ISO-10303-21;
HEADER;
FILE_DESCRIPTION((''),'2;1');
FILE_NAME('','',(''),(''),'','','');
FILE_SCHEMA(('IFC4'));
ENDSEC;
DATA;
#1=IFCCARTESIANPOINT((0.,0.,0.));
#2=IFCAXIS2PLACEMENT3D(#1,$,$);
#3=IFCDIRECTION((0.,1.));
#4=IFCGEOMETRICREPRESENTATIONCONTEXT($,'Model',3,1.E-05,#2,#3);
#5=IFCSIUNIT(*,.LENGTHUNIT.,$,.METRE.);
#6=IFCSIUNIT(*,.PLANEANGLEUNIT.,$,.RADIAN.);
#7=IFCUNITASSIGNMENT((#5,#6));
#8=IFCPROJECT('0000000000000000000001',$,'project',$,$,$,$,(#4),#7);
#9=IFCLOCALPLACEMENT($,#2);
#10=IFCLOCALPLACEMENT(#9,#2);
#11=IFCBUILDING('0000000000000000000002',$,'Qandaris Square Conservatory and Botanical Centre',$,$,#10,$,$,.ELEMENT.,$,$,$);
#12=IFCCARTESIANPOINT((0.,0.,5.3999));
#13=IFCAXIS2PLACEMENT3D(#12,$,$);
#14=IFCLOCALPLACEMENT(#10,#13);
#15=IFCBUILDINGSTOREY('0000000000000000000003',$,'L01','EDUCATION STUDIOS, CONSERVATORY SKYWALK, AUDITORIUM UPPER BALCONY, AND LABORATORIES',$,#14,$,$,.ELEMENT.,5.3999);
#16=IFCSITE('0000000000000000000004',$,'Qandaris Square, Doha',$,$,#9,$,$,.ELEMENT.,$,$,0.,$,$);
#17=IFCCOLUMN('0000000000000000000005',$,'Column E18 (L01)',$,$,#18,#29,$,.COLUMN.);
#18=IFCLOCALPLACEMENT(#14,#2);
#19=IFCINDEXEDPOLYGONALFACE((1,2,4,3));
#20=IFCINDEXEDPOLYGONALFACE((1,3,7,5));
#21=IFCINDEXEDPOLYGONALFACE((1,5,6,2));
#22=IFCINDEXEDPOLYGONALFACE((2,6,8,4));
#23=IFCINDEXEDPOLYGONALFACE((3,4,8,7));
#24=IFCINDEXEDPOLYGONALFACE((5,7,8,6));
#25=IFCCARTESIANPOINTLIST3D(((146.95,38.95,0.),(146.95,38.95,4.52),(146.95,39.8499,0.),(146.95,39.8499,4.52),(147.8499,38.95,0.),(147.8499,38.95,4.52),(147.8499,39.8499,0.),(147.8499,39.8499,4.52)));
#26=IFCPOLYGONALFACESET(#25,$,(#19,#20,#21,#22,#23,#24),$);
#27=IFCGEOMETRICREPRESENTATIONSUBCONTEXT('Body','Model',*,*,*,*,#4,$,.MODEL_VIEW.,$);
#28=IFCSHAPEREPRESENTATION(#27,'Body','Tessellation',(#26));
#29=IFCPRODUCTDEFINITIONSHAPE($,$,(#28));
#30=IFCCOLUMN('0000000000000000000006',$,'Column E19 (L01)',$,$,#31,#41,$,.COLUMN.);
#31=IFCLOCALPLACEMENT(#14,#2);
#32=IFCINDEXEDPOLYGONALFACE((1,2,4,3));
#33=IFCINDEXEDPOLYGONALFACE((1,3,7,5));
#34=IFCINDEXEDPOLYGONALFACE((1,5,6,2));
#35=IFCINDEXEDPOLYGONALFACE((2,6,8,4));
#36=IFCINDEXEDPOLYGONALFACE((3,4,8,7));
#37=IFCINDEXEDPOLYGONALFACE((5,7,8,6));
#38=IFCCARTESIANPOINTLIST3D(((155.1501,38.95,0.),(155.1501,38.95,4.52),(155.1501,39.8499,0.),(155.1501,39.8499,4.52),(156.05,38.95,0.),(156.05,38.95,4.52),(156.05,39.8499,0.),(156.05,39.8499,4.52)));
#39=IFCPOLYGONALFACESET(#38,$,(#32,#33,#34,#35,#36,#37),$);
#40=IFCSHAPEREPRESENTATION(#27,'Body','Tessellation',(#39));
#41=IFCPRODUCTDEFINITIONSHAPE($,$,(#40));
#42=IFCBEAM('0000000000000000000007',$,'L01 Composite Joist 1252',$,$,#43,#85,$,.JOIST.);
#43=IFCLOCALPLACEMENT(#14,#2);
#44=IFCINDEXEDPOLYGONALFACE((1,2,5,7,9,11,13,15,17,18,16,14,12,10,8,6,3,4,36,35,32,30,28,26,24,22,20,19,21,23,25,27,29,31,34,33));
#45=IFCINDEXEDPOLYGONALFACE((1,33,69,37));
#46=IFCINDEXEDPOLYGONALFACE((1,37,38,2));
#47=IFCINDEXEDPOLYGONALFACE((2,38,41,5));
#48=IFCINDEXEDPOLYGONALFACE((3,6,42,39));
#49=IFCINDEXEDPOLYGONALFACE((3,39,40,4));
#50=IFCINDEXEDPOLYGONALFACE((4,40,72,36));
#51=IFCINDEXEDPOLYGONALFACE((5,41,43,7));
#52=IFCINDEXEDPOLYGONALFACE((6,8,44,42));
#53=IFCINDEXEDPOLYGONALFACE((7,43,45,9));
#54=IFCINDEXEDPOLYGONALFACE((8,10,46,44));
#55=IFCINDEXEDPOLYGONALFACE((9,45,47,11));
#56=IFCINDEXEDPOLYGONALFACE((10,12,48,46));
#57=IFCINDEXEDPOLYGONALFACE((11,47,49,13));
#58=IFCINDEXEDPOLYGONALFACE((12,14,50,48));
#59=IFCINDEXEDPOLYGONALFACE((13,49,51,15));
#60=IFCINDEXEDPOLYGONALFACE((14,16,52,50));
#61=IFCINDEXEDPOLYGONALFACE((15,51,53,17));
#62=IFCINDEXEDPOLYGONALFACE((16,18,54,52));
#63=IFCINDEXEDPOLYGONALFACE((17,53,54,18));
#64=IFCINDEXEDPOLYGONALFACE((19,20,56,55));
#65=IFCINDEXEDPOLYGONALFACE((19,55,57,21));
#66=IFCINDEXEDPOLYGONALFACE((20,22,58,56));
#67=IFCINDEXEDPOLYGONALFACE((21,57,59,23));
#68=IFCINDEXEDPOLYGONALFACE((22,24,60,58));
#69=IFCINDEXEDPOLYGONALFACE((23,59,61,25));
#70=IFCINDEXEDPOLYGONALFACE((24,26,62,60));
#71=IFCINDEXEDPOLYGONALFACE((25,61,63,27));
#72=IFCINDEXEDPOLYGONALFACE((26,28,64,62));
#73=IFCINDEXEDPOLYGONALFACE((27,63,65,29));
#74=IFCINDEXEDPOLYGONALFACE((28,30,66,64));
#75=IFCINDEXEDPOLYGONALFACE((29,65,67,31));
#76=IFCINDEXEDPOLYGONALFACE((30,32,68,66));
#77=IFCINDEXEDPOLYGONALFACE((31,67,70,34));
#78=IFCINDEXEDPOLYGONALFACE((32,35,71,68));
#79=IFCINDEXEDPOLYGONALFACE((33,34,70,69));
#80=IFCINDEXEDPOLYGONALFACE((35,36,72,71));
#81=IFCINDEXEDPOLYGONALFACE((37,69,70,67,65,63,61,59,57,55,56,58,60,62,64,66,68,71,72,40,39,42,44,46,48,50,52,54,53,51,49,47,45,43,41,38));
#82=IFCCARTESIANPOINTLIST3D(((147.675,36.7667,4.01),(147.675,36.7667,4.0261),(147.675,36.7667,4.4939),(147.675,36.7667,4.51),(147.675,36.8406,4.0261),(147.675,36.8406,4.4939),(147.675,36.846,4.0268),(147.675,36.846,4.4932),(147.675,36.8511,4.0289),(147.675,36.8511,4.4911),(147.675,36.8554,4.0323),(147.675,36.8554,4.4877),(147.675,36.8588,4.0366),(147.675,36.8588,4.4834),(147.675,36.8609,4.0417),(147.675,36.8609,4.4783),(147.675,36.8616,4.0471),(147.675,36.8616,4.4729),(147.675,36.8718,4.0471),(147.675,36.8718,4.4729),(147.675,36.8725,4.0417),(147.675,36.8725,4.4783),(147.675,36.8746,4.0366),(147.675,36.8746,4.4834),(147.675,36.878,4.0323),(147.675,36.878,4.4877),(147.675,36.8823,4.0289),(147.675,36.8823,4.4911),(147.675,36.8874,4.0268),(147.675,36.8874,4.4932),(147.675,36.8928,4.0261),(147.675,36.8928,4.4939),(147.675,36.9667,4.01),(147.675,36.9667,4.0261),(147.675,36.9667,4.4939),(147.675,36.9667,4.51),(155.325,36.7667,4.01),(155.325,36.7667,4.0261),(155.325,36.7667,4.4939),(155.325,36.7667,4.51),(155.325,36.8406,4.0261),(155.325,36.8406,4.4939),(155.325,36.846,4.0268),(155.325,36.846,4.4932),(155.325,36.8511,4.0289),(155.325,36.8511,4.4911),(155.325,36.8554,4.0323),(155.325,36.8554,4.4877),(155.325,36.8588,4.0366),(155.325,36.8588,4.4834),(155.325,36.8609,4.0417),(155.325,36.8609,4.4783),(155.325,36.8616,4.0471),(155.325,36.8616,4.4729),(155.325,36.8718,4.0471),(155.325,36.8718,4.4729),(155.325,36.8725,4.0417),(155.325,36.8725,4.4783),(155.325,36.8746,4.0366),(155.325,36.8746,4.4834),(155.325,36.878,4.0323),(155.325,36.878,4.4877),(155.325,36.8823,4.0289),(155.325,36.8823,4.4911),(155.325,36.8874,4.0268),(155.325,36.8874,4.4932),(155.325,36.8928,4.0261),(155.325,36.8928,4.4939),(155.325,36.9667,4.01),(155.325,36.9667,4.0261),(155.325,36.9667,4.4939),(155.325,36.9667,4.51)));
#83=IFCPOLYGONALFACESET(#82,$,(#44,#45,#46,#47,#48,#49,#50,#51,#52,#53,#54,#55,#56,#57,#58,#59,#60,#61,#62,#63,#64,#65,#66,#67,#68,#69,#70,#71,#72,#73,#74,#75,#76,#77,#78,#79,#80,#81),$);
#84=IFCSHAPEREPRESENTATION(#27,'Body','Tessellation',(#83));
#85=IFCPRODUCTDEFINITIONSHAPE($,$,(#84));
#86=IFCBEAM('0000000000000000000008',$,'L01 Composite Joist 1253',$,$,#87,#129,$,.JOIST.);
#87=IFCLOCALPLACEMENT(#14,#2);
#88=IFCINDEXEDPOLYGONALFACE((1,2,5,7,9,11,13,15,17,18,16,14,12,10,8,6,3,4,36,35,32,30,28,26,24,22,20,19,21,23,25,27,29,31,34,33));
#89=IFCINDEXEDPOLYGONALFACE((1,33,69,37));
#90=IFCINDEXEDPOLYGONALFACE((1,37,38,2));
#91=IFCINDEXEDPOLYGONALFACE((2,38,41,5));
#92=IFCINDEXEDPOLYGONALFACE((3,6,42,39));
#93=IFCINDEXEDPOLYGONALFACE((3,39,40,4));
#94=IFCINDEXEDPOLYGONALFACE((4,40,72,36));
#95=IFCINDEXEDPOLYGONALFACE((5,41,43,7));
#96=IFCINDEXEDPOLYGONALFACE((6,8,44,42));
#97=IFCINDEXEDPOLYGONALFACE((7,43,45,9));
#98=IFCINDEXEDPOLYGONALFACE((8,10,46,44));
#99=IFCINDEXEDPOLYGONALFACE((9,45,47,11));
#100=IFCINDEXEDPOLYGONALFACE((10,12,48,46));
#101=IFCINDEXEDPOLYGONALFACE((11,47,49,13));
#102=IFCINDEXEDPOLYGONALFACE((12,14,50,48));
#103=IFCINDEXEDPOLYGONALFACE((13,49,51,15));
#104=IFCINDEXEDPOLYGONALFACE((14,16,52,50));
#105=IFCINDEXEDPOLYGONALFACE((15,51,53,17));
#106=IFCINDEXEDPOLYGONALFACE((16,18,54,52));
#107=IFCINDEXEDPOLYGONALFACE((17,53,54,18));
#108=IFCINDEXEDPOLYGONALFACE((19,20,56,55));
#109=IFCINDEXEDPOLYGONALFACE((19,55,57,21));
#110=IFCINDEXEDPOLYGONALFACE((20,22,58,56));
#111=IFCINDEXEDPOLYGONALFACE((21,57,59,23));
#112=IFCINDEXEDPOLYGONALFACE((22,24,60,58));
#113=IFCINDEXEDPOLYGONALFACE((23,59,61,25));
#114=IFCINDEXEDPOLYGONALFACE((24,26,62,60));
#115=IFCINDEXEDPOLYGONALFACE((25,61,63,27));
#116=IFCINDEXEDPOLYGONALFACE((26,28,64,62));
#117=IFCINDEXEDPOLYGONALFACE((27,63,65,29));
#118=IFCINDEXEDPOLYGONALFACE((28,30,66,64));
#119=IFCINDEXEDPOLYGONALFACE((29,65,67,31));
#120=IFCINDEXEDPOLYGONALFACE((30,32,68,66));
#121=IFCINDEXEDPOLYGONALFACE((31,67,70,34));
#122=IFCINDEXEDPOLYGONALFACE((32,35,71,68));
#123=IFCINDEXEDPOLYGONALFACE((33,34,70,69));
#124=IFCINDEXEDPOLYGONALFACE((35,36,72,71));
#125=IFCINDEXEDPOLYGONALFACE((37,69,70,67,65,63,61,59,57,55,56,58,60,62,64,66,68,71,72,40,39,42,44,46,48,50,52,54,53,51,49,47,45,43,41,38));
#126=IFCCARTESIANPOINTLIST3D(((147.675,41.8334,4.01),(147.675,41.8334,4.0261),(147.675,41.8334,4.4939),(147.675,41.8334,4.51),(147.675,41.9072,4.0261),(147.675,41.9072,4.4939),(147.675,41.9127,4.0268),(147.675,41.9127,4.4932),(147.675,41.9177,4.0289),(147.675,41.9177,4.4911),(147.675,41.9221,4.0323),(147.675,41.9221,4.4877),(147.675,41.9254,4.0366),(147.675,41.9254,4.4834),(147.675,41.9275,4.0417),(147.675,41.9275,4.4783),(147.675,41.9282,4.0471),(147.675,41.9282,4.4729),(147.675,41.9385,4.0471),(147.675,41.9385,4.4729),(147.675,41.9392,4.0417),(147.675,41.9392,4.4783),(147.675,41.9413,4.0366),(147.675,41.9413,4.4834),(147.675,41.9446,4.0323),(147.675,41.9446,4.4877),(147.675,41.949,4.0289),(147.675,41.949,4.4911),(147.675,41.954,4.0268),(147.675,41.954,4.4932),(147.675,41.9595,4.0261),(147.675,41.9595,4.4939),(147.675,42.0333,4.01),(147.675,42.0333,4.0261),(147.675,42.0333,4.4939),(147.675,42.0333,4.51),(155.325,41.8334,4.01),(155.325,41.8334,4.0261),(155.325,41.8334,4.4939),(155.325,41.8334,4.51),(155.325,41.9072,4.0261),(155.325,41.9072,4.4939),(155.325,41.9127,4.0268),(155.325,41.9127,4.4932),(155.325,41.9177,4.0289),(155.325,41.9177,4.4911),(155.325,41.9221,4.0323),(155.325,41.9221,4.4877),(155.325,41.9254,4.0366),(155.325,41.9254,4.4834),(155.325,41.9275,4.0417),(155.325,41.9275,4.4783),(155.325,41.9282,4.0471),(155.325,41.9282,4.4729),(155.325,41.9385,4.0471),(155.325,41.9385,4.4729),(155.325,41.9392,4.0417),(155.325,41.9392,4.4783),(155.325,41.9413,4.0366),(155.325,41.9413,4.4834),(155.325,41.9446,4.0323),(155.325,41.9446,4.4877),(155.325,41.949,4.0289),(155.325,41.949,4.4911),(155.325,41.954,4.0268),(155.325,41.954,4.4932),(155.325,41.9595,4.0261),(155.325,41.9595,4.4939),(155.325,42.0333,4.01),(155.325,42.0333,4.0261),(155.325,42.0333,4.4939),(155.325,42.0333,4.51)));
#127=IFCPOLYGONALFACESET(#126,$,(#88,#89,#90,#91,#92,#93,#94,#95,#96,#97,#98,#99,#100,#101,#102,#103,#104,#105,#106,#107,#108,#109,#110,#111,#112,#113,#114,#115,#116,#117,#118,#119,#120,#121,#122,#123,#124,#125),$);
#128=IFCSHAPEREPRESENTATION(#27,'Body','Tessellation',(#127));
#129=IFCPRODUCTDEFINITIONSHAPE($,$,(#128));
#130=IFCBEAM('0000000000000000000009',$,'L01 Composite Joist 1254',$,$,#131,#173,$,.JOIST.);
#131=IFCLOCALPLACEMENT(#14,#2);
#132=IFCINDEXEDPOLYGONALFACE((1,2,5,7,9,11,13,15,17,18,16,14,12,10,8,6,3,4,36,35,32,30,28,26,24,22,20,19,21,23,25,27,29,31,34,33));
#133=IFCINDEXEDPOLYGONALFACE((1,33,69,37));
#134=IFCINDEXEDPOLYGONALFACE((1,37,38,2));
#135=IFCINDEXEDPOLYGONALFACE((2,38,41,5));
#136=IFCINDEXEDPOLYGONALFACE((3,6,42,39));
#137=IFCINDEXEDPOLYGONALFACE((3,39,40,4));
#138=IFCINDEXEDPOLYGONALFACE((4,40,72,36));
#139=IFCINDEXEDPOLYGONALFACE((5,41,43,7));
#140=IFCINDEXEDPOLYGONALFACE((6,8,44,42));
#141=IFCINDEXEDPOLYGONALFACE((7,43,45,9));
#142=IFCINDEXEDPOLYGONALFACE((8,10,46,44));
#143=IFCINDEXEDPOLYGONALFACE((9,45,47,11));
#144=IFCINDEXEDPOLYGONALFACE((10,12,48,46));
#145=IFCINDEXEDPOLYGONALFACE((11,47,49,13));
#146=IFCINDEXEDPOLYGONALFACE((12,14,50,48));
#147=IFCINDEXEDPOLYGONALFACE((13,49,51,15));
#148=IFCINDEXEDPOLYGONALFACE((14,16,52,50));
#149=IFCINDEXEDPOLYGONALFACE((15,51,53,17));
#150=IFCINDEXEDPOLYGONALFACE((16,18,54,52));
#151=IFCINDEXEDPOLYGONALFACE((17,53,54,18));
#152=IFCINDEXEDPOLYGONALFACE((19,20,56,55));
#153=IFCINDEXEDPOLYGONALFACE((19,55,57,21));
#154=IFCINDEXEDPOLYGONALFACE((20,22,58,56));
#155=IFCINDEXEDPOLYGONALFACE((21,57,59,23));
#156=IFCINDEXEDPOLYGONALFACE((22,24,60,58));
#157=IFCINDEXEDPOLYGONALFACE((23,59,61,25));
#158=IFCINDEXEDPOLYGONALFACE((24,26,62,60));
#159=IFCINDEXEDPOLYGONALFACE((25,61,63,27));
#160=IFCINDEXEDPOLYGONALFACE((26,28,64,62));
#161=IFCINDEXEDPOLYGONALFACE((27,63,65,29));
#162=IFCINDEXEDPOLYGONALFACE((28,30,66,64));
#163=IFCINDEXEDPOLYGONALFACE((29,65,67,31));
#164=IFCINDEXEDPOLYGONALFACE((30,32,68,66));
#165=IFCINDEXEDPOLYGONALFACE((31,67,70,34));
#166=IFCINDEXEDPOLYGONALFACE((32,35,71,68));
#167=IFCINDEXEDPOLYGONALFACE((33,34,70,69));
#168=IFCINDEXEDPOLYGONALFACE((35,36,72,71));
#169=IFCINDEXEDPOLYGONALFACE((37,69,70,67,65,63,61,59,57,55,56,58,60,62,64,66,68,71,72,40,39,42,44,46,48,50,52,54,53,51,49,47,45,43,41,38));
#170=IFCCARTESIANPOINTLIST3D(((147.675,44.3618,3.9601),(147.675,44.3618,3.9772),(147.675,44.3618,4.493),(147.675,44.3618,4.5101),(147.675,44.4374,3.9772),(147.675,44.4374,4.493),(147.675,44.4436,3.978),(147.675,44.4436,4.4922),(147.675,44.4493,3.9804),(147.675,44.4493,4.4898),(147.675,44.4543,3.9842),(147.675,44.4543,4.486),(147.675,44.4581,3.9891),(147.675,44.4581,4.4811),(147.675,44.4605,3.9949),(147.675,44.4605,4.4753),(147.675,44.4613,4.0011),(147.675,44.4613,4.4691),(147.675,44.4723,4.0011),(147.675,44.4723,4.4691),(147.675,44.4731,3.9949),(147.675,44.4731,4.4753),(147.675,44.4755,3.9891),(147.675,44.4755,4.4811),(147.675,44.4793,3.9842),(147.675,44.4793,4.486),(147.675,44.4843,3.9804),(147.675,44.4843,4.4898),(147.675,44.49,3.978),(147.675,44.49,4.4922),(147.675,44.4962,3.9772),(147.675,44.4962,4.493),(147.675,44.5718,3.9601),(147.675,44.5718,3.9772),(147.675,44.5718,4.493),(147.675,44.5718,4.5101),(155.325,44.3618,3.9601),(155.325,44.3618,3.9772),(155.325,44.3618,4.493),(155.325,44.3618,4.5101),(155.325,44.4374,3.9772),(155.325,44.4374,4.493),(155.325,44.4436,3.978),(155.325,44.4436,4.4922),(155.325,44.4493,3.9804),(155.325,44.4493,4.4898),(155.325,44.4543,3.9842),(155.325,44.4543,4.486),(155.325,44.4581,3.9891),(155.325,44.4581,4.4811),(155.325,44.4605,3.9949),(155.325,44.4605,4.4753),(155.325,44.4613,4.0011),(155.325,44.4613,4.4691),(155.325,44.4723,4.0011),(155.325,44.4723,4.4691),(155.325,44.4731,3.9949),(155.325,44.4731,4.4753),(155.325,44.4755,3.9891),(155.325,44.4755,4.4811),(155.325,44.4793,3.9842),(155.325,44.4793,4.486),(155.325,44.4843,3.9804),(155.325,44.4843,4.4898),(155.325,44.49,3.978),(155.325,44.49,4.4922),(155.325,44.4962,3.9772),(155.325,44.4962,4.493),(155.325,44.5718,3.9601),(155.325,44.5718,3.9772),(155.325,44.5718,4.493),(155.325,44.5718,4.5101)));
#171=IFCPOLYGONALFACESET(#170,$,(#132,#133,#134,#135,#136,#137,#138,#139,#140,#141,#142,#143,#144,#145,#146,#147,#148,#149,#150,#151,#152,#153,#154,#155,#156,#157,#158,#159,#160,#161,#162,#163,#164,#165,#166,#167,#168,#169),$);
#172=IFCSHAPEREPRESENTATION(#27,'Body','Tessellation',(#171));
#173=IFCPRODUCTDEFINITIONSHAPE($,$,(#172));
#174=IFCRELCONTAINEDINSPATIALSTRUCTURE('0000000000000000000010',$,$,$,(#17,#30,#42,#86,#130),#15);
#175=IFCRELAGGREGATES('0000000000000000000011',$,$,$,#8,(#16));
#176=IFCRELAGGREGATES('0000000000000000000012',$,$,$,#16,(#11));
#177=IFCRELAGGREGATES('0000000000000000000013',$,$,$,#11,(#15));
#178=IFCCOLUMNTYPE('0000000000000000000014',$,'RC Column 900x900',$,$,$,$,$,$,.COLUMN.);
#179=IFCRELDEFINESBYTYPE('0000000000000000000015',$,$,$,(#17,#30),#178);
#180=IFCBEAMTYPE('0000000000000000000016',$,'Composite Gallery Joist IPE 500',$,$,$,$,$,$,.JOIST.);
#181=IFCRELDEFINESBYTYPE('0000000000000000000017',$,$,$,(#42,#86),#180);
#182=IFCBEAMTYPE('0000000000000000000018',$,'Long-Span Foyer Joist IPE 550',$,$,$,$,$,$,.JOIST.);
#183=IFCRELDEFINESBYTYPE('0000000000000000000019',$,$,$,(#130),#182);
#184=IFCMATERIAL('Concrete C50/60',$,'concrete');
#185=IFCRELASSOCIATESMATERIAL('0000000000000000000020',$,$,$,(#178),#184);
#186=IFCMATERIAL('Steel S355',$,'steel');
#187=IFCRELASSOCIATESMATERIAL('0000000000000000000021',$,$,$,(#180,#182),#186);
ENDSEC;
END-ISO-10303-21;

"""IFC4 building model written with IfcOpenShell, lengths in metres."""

from ifc_helpers import new_model, si_unit, direction, frame, origin, origin_2d, place, context, subcontext, project, spatial, rectangle, i_section, extrude, material, material_profile, profile_set, type_object, element, save


model = new_model("IFC4")

# Units and contexts
model_context = context("Model", 3, precision=1e-05, world=origin(), true_north=direction((0.0, 1.0)))
body_context = subcontext(model_context, "Body", "Model", "MODEL_VIEW")
ifc_project = project(units=[si_unit("LENGTHUNIT", "METRE"), si_unit("PLANEANGLEUNIT", "RADIAN")], contexts=[model_context])

# Site, building, storey
site_placement = place(None, origin())
site = spatial("IfcSite", under=ifc_project, at=site_placement, Name="Qandaris Square, Doha", CompositionType="ELEMENT", RefElevation=0.0)
building_placement = place(site_placement, origin())
building = spatial("IfcBuilding", under=site, at=building_placement, Name="Qandaris Square Conservatory and Botanical Centre", CompositionType="ELEMENT")
storey_placement = place(building_placement, frame((0.0, 0.0, 5.3999)))
storey = spatial("IfcBuildingStorey", under=building, at=storey_placement, Name="L01", Description="EDUCATION STUDIOS, CONSERVATORY SKYWALK, AUDITORIUM UPPER BALCONY, AND LABORATORIES", CompositionType="ELEMENT", Elevation=5.3999)

# Columns
ifc_material_1 = material(Name="Concrete C50/60", Category="concrete")
ifc_material_profile_1 = material_profile(ifc_material_1, rectangle(XDim=0.8999, YDim=0.8999, at=origin_2d()), Name="RC-COL 900x900")
ifc_profile_set_1 = profile_set([ifc_material_profile_1], Name="Concrete C50/60")
column_type = type_object("IfcColumnType", Name="RC Column 900x900", PredefinedType="COLUMN", material=ifc_profile_set_1)
for number, where, z_axis, x_axis, name in (
    (1, (147.3999, 39.3999, 0.0), (0.0, 0.0, 1.0), (1.0, 0.0, 0.0), "Column E18 (L01)"),
    (2, (155.6001, 39.3999, 0.0), (0.0, 0.0, 1.0), (1.0, 0.0, 0.0), "Column E19 (L01)"),
):
    element("IfcColumn", number, at=place(storey_placement, frame(where, z_axis=z_axis, x_axis=x_axis)), inside=storey, type_object=column_type, Name=name, PredefinedType="COLUMN", context=body_context, shape_type="SweptSolid", body=[
        extrude(rectangle(XDim=0.8999, YDim=0.8999, at=origin_2d()), origin(), (0.0, 0.0, 1.0), 4.52),
    ])

# Beams
ifc_material_2 = material(Name="Steel S355", Category="steel")
ifc_material_profile_2 = material_profile(ifc_material_2, i_section(OverallWidth=0.2, OverallDepth=0.5, WebThickness=0.0103, FlangeThickness=0.0161, FilletRadius=0.021, at=origin_2d()), Name="IPE 500")
ifc_profile_set_2 = profile_set([ifc_material_profile_2], Name="Steel S355")
beam_type_1 = type_object("IfcBeamType", Name="Composite Gallery Joist IPE 500", PredefinedType="JOIST", material=ifc_profile_set_2)
for number, where, z_axis, x_axis, name in (
    (3, (147.675, 36.8667, 4.26), (1.0, 0.0, 0.0), (0.0, 1.0, 0.0), "L01 Composite Joist 1252"),
    (4, (147.675, 41.9333, 4.26), (1.0, 0.0, 0.0), (0.0, 1.0, 0.0), "L01 Composite Joist 1253"),
):
    element("IfcBeam", number, at=place(storey_placement, frame(where, z_axis=z_axis, x_axis=x_axis)), inside=storey, type_object=beam_type_1, Name=name, PredefinedType="JOIST", context=body_context, shape_type="SweptSolid", body=[
        extrude(i_section(OverallWidth=0.2, OverallDepth=0.5, WebThickness=0.0103, FlangeThickness=0.0161, FilletRadius=0.021, at=origin_2d()), origin(), (0.0, 0.0, 1.0), 7.6499),
    ])
ifc_material_profile_3 = material_profile(ifc_material_2, i_section(OverallWidth=0.21, OverallDepth=0.55, WebThickness=0.011, FlangeThickness=0.0171, FilletRadius=0.0239, at=origin_2d()), Name="IPE 550")
ifc_profile_set_3 = profile_set([ifc_material_profile_3], Name="Steel S355")
beam_type_2 = type_object("IfcBeamType", Name="Long-Span Foyer Joist IPE 550", PredefinedType="JOIST", material=ifc_profile_set_3)
beam_1_placement = place(storey_placement, frame((147.675, 44.4668, 4.2351), z_axis=(1.0, 0.0, 0.0), x_axis=(0.0, 1.0, 0.0)))
element("IfcBeam", 5, at=beam_1_placement, inside=storey, type_object=beam_type_2, Name="L01 Composite Joist 1254", PredefinedType="JOIST", context=body_context, shape_type="SweptSolid", body=[
    extrude(i_section(OverallWidth=0.21, OverallDepth=0.55, WebThickness=0.011, FlangeThickness=0.0171, FilletRadius=0.0239, at=origin_2d()), origin(), (0.0, 0.0, 1.0), 7.6499),
])

save(model, "model.ifc")
